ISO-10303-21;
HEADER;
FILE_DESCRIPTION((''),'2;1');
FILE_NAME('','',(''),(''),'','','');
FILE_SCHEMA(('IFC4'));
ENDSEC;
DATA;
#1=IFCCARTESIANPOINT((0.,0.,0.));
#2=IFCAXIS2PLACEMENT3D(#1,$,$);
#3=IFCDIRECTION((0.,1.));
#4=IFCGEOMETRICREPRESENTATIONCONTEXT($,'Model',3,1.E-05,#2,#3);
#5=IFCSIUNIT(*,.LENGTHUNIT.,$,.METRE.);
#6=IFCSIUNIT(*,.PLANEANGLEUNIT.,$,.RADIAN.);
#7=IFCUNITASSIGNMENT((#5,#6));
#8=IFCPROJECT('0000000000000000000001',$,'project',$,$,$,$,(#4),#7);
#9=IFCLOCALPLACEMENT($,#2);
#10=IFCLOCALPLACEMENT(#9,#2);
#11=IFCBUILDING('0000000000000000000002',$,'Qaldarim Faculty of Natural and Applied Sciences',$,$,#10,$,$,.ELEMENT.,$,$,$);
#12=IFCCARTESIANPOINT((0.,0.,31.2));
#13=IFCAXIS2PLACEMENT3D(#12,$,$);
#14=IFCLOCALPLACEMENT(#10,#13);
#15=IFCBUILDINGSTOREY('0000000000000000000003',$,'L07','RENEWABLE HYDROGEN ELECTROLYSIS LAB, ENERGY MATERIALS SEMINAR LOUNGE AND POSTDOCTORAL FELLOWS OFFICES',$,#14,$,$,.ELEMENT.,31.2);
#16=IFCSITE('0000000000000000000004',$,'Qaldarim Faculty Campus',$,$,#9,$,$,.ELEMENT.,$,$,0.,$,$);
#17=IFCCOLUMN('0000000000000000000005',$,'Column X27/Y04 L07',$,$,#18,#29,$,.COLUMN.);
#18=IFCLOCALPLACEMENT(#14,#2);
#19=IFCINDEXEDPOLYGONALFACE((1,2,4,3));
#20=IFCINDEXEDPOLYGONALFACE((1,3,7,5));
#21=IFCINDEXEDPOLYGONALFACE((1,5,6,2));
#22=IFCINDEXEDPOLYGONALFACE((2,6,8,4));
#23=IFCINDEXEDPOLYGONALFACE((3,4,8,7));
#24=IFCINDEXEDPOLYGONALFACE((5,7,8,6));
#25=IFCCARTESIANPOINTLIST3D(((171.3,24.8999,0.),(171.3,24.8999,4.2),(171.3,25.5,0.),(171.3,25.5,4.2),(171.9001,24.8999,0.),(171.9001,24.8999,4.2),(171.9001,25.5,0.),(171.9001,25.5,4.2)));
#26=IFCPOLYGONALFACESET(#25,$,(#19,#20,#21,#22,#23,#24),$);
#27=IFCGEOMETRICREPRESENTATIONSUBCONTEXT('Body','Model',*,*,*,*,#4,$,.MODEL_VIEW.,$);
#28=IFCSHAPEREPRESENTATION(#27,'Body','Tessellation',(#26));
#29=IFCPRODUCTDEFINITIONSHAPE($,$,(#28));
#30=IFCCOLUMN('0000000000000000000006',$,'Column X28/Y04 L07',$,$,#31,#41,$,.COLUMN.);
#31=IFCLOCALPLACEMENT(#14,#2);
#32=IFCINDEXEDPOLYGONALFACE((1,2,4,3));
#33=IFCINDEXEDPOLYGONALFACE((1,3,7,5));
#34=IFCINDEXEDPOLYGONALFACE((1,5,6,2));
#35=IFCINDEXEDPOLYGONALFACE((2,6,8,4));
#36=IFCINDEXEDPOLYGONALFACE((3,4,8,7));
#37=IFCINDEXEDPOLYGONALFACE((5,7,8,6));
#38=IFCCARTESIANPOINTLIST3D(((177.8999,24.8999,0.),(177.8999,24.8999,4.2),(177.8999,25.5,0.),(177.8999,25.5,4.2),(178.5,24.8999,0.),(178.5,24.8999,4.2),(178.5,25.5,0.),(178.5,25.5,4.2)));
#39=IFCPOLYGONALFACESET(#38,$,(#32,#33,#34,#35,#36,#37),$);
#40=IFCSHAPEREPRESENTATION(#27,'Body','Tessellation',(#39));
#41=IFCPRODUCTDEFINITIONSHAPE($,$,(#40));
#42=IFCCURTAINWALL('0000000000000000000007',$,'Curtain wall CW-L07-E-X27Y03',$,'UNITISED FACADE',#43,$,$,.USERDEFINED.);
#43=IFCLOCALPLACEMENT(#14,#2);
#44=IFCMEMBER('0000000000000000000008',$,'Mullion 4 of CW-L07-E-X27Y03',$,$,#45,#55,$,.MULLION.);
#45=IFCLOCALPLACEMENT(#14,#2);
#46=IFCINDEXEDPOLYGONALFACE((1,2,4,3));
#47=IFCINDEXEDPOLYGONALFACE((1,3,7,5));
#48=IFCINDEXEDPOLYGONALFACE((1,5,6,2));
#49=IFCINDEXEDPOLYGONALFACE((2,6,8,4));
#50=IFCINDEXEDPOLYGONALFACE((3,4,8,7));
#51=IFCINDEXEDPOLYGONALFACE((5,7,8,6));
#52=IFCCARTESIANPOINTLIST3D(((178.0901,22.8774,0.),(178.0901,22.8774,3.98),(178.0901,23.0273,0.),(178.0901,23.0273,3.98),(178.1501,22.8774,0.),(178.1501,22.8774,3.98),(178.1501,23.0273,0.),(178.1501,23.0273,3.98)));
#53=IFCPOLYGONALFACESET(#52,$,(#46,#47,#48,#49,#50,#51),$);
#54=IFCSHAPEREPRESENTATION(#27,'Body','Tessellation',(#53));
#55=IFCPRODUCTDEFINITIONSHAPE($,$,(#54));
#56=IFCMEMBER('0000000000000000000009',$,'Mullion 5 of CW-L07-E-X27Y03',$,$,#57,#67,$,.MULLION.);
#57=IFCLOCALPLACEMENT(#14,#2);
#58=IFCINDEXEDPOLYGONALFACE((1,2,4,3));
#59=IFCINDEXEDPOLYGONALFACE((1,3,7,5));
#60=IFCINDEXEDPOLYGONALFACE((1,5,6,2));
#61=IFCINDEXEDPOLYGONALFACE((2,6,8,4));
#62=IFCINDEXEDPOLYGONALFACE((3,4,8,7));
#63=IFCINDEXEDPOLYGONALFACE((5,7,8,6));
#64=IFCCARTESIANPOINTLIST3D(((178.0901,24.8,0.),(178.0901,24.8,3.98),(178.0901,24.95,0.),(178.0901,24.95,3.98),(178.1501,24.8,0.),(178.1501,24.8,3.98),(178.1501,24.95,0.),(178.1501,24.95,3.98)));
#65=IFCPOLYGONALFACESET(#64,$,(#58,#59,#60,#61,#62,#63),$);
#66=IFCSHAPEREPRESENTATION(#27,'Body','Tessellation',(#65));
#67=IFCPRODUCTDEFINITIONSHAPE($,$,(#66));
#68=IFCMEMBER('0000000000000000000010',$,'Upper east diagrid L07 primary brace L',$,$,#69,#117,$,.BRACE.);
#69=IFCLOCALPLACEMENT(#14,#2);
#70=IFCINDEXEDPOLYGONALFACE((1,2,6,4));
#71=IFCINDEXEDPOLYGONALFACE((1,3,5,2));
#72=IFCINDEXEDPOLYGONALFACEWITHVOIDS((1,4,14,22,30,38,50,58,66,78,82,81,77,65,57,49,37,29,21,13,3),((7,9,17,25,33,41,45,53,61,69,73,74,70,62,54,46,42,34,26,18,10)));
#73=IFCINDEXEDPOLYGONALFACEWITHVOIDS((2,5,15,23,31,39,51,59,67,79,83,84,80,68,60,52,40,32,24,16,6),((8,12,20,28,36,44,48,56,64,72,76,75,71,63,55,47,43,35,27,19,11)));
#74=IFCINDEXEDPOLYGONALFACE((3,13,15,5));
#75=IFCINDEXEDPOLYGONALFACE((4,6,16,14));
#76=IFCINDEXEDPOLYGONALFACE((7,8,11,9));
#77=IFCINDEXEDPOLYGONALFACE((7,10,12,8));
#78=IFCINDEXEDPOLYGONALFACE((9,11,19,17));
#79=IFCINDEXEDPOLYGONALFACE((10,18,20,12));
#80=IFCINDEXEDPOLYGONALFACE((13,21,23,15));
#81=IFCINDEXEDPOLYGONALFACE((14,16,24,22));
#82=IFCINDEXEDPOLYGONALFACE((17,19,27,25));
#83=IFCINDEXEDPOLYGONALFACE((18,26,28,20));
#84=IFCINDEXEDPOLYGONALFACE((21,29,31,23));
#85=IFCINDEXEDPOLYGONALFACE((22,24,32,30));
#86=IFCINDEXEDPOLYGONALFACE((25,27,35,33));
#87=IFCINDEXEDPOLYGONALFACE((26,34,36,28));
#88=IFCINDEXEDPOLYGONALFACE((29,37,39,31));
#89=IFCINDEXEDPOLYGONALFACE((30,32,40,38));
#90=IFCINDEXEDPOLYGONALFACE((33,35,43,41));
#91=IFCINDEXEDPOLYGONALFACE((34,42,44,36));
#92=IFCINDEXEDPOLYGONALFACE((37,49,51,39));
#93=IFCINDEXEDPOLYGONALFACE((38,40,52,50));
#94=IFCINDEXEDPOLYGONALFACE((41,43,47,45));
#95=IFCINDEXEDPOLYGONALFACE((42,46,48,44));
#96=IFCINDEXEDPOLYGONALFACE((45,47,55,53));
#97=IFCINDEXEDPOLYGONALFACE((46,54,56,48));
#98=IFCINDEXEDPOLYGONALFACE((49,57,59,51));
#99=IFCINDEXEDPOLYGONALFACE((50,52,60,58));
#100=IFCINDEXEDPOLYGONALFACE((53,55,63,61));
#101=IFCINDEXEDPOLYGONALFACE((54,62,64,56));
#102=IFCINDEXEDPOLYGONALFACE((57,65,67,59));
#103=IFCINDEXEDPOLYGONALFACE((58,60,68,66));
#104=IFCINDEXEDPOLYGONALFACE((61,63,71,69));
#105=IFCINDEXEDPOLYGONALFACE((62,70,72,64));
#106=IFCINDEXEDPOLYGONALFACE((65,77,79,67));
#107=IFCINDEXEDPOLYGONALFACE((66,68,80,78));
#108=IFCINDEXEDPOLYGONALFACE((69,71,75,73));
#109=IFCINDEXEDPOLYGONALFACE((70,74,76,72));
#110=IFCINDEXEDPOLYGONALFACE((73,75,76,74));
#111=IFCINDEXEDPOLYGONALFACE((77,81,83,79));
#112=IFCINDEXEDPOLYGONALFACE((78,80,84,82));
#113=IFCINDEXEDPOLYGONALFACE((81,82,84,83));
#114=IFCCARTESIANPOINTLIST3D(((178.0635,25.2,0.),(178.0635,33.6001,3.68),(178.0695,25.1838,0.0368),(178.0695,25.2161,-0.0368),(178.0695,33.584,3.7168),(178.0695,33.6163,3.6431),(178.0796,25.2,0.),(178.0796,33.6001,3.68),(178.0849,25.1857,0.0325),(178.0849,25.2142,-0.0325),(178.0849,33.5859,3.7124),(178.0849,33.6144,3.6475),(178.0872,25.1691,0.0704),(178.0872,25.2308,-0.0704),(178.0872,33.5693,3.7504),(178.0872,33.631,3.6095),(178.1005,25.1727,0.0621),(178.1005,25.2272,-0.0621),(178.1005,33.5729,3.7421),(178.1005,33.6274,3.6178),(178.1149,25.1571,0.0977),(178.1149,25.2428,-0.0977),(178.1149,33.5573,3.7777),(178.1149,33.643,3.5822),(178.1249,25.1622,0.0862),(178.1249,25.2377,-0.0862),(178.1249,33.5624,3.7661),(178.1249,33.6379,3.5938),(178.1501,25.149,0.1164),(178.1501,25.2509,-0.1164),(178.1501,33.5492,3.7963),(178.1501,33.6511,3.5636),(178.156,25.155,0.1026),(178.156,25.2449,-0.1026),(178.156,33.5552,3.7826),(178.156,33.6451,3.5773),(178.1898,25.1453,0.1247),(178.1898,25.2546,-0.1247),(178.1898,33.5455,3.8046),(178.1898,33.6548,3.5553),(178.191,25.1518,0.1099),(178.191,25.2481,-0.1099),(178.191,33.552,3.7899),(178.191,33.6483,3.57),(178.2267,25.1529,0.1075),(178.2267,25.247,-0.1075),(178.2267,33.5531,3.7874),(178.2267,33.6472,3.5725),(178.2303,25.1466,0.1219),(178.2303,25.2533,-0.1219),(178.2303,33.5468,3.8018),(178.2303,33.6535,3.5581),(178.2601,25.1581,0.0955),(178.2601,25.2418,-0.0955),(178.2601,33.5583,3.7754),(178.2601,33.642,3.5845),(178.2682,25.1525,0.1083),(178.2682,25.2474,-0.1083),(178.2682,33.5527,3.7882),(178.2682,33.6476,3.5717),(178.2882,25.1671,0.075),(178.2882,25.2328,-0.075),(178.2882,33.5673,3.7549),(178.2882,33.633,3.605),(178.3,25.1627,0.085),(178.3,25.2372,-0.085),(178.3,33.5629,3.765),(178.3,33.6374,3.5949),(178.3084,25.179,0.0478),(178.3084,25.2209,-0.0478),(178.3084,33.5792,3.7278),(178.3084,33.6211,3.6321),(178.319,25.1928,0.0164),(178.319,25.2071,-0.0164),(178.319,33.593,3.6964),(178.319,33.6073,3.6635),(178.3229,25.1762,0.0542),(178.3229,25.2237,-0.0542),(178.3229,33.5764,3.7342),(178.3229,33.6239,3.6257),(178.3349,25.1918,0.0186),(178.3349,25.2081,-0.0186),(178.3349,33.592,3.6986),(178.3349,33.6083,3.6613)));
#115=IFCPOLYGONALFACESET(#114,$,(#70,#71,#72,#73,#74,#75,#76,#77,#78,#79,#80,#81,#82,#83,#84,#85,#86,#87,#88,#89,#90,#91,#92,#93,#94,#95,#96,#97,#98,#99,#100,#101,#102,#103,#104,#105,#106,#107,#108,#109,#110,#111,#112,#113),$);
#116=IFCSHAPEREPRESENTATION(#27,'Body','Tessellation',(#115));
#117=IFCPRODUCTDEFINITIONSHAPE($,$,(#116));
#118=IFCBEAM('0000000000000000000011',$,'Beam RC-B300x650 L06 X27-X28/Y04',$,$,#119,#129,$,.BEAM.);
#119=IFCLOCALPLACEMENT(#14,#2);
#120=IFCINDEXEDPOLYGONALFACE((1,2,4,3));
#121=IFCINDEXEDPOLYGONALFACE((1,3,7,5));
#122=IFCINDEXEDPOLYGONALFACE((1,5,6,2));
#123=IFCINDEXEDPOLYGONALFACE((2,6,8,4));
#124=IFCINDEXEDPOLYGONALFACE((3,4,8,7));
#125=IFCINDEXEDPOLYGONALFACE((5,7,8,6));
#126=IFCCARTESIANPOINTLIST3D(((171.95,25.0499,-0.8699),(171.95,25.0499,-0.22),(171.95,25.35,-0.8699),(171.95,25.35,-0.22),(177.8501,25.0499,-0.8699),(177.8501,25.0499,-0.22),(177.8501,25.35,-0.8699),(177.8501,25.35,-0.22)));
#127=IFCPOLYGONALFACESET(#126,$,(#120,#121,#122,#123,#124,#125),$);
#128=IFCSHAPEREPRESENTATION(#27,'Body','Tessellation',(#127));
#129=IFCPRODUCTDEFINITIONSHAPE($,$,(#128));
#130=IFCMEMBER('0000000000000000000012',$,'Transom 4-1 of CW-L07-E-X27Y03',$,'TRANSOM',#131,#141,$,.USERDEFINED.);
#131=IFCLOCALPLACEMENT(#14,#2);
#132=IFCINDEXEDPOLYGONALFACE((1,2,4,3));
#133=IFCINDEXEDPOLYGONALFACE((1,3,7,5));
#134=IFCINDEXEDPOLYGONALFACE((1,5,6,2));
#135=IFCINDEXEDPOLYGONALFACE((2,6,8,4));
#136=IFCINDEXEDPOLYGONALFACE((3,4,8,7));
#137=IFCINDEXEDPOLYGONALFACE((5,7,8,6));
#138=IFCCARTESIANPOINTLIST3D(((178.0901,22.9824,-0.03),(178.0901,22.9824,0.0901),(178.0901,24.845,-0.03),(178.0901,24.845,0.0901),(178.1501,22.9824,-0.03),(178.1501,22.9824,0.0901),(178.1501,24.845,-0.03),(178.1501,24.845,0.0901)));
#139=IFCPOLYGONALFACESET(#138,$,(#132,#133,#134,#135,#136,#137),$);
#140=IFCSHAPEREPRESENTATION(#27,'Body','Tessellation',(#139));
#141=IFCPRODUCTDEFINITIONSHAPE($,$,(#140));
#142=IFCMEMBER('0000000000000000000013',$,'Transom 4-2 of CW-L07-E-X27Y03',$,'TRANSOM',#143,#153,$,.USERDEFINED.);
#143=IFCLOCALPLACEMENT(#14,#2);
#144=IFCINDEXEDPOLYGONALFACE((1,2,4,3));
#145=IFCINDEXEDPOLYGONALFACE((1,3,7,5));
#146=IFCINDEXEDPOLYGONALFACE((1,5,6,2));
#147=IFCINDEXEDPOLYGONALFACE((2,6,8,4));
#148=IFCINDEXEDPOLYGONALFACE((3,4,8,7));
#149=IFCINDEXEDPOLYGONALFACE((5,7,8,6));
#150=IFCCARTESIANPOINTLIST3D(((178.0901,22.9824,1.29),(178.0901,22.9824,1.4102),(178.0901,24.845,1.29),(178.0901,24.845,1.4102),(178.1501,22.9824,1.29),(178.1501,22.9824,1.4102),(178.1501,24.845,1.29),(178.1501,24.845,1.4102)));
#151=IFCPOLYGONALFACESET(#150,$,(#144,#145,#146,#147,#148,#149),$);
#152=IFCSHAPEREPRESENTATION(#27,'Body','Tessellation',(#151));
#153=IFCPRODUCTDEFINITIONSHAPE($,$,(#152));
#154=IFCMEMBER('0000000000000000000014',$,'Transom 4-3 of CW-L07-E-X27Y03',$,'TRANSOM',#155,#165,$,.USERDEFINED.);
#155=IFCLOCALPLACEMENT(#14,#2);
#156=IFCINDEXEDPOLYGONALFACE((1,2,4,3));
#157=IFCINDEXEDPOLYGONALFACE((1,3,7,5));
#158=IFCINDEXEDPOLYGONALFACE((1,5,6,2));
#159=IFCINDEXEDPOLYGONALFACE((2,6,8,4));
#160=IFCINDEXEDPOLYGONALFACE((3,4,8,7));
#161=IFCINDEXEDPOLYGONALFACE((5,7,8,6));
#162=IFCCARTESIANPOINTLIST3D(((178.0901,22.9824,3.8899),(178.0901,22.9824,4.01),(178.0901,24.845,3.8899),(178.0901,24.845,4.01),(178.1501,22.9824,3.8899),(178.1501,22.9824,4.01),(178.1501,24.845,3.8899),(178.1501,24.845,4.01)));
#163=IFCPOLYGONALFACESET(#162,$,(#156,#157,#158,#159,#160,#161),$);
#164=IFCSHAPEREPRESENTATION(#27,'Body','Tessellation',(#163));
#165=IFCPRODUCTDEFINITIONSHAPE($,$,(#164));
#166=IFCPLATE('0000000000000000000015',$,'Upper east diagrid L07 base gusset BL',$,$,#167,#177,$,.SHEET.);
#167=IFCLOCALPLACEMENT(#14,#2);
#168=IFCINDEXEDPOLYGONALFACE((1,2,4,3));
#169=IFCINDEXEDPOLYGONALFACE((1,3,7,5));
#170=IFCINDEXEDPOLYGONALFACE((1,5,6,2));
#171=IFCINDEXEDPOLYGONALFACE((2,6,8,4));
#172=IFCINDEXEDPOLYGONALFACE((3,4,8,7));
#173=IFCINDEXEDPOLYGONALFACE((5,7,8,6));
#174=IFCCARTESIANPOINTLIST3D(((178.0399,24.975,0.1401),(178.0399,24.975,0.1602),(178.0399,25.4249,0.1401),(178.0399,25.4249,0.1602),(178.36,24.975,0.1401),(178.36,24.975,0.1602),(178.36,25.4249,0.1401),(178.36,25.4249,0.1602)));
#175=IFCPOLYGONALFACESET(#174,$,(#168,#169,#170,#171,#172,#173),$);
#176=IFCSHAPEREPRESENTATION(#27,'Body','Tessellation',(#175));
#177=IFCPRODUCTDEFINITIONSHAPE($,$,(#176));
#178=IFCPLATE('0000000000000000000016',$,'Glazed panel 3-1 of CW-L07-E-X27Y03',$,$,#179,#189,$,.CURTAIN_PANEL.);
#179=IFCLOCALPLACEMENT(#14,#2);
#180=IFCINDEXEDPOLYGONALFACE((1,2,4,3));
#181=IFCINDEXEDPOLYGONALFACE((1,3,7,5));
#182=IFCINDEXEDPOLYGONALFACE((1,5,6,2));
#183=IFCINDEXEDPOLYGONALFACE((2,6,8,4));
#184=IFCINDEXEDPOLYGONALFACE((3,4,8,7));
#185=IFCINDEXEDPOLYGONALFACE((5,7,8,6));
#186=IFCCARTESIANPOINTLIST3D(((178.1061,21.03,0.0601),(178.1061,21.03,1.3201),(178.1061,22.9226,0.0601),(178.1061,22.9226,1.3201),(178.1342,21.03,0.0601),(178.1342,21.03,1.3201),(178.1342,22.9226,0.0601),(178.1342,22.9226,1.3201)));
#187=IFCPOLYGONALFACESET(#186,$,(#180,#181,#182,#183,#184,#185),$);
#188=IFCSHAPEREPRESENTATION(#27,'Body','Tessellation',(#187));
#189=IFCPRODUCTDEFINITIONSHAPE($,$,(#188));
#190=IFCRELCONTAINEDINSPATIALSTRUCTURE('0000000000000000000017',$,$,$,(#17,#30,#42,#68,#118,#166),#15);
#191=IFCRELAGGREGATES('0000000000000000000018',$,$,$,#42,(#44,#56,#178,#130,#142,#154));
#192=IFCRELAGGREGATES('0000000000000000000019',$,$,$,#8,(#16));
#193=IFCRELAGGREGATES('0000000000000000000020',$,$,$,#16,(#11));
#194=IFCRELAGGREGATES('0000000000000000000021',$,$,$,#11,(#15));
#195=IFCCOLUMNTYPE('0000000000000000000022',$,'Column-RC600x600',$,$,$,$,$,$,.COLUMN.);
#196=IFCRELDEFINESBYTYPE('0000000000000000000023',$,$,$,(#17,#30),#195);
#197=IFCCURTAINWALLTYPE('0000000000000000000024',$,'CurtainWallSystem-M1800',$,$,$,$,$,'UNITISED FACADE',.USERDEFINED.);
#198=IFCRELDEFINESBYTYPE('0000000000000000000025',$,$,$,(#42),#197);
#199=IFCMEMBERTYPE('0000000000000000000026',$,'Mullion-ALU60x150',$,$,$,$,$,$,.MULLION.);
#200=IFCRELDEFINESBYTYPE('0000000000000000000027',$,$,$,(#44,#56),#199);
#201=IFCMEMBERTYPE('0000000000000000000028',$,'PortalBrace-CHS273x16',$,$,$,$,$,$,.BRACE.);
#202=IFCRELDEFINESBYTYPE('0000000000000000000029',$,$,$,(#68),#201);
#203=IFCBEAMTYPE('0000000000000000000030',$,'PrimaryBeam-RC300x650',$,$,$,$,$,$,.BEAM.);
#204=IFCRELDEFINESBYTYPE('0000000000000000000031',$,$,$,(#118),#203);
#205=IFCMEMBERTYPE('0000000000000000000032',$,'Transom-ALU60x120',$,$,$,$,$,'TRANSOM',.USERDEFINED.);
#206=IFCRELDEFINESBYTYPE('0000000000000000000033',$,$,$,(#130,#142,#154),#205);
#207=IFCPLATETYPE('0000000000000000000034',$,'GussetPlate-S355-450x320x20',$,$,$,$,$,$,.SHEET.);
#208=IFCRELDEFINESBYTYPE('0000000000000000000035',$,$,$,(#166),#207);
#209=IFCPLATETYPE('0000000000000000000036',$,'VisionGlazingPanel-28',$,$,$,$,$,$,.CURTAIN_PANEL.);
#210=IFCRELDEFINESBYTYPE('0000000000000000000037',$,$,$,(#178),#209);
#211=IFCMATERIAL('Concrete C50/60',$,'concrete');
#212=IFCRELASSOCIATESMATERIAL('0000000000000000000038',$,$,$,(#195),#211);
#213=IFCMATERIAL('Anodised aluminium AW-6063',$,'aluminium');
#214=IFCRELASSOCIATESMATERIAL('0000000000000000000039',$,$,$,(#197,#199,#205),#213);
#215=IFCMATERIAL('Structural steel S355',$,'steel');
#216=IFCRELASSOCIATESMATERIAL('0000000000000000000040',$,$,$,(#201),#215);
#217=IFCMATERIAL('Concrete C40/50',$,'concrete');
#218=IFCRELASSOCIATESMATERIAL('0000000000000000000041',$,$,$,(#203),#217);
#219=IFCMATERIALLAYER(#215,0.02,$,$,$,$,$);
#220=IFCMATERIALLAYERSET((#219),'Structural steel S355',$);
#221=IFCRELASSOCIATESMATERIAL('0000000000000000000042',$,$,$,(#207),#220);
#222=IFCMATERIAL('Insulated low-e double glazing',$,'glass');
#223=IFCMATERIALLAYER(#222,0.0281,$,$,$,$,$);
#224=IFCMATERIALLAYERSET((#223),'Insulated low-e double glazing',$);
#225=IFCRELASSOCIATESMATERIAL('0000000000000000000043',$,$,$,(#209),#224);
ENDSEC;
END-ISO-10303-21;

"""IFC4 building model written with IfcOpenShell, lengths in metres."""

from ifc_helpers import new_model, si_unit, direction, frame, origin, origin_2d, place, context, subcontext, project, spatial, rectangle, hollow_circle, extrude, material, layer, layer_set, material_profile, profile_set, type_object, element, aggregate, save


model = new_model("IFC4")

# Units and contexts
model_context = context("Model", 3, precision=1e-05, world=origin(), true_north=direction((0.0, 1.0)))
body_context = subcontext(model_context, "Body", "Model", "MODEL_VIEW")
ifc_project = project(units=[si_unit("LENGTHUNIT", "METRE"), si_unit("PLANEANGLEUNIT", "RADIAN")], contexts=[model_context])

# Site, building, storey
site_placement = place(None, origin())
site = spatial("IfcSite", under=ifc_project, at=site_placement, Name="Qaldarim Faculty Campus", CompositionType="ELEMENT", RefElevation=0.0)
building_placement = place(site_placement, origin())
building = spatial("IfcBuilding", under=site, at=building_placement, Name="Qaldarim Faculty of Natural and Applied Sciences", CompositionType="ELEMENT")
storey_placement = place(building_placement, frame((0.0, 0.0, 31.2)))
storey = spatial("IfcBuildingStorey", under=building, at=storey_placement, Name="L07", Description="RENEWABLE HYDROGEN ELECTROLYSIS LAB, ENERGY MATERIALS SEMINAR LOUNGE AND POSTDOCTORAL FELLOWS OFFICES", CompositionType="ELEMENT", Elevation=31.2)

# Columns
ifc_material_1 = material(Name="Concrete C50/60", Category="concrete")
ifc_material_profile_1 = material_profile(ifc_material_1, rectangle(XDim=0.6001, YDim=0.6001, at=origin_2d()), Name="RC-C600x600")
ifc_profile_set_1 = profile_set([ifc_material_profile_1], Name="Concrete C50/60")
column_type = type_object("IfcColumnType", Name="Column-RC600x600", PredefinedType="COLUMN", material=ifc_profile_set_1)
for number, where, z_axis, x_axis, name in (
    (1, (171.6001, 25.2, 0.0), (0.0, 0.0, 1.0), (1.0, 0.0, 0.0), "Column X27/Y04 L07"),
    (2, (178.2, 25.2, 0.0), (0.0, 0.0, 1.0), (1.0, 0.0, 0.0), "Column X28/Y04 L07"),
):
    element("IfcColumn", number, at=place(storey_placement, frame(where, z_axis=z_axis, x_axis=x_axis)), inside=storey, type_object=column_type, Name=name, PredefinedType="COLUMN", context=body_context, shape_type="SweptSolid", body=[
        extrude(rectangle(XDim=0.6001, YDim=0.6001, at=origin_2d()), origin(), (0.0, 0.0, 1.0), 4.2),
    ])

# Curtain wall, members
ifc_material_2 = material(Name="Anodised aluminium AW-6063", Category="aluminium")
curtain_wall_type = type_object("IfcCurtainWallType", Name="CurtainWallSystem-M1800", ElementType="UNITISED FACADE", PredefinedType="USERDEFINED", material=ifc_material_2)
curtain_wall_placement = place(storey_placement, origin())
curtain_wall = element("IfcCurtainWall", 3, at=curtain_wall_placement, inside=storey, type_object=curtain_wall_type, Name="Curtain wall CW-L07-E-X27Y03", ObjectType="UNITISED FACADE", PredefinedType="USERDEFINED")
ifc_material_profile_2 = material_profile(ifc_material_2, rectangle(XDim=0.0601, YDim=0.1499, at=origin_2d()), Name="ALU-M60x150")
ifc_profile_set_2 = profile_set([ifc_material_profile_2], Name="Anodised aluminium AW-6063")
member_type_1 = type_object("IfcMemberType", Name="Mullion-ALU60x150", PredefinedType="MULLION", material=ifc_profile_set_2)
member_1_placement = place(storey_placement, frame((178.1201, 22.9524, 0.0), z_axis=(0.0, 0.0, 1.0), x_axis=(-1.0, 0.0, 0.0)))
member_1 = element("IfcMember", 4, at=member_1_placement, type_object=member_type_1, Name="Mullion 4 of CW-L07-E-X27Y03", PredefinedType="MULLION", context=body_context, shape_type="SweptSolid", body=[
    extrude(rectangle(XDim=0.0601, YDim=0.1499, at=origin_2d()), origin(), (0.0, 0.0, 1.0), 3.98),
])
member_2_placement = place(storey_placement, frame((178.1201, 24.875, 0.0), z_axis=(0.0, 0.0, 1.0), x_axis=(-1.0, 0.0, 0.0)))
member_2 = element("IfcMember", 5, at=member_2_placement, type_object=member_type_1, Name="Mullion 5 of CW-L07-E-X27Y03", PredefinedType="MULLION", context=body_context, shape_type="SweptSolid", body=[
    extrude(rectangle(XDim=0.0601, YDim=0.1499, at=origin_2d()), origin(), (0.0, 0.0, 1.0), 3.98),
])

# Member
ifc_material_3 = material(Name="Structural steel S355", Category="steel")
ifc_material_profile_3 = material_profile(ifc_material_3, hollow_circle(Radius=0.1365, WallThickness=0.0161, at=origin_2d()), Name="CHS 273.0x16.0")
ifc_profile_set_3 = profile_set([ifc_material_profile_3], Name="Structural steel S355")
member_type_2 = type_object("IfcMemberType", Name="PortalBrace-CHS273x16", PredefinedType="BRACE", material=ifc_profile_set_3)
member_3_placement = place(storey_placement, frame((178.2, 25.2, 0.0), z_axis=(0.0, 0.915962, 0.401264), x_axis=(-1.0, 0.0, 0.0)))
element("IfcMember", 6, at=member_3_placement, inside=storey, type_object=member_type_2, Name="Upper east diagrid L07 primary brace L", PredefinedType="BRACE", context=body_context, shape_type="SweptSolid", body=[
    extrude(hollow_circle(Radius=0.1365, WallThickness=0.0161, at=origin_2d()), origin(), (0.0, 0.0, 1.0), 9.1709),
])

# Beam
ifc_material_4 = material(Name="Concrete C40/50", Category="concrete")
ifc_material_profile_4 = material_profile(ifc_material_4, rectangle(XDim=0.3, YDim=0.6499, at=origin_2d()), Name="RC-B300x650")
ifc_profile_set_4 = profile_set([ifc_material_profile_4], Name="Concrete C40/50")
beam_type = type_object("IfcBeamType", Name="PrimaryBeam-RC300x650", PredefinedType="BEAM", material=ifc_profile_set_4)
beam_placement = place(storey_placement, frame((171.95, 25.2, -0.5449), z_axis=(1.0, 0.0, 0.0), x_axis=(0.0, 1.0, 0.0)))
element("IfcBeam", 7, at=beam_placement, inside=storey, type_object=beam_type, Name="Beam RC-B300x650 L06 X27-X28/Y04", PredefinedType="BEAM", context=body_context, shape_type="SweptSolid", body=[
    extrude(rectangle(XDim=0.3, YDim=0.6499, at=origin_2d()), origin(), (0.0, 0.0, 1.0), 5.9001),
])

# Members
ifc_material_profile_5 = material_profile(ifc_material_2, rectangle(XDim=0.0601, YDim=0.1201, at=origin_2d()), Name="ALU-T60x120")
ifc_profile_set_5 = profile_set([ifc_material_profile_5], Name="Anodised aluminium AW-6063")
member_type_3 = type_object("IfcMemberType", Name="Transom-ALU60x120", ElementType="TRANSOM", PredefinedType="USERDEFINED", material=ifc_profile_set_5)
member_4_placement = place(storey_placement, frame((178.1201, 22.9824, 0.03), z_axis=(0.0, 1.0, 0.0), x_axis=(-1.0, 0.0, 0.0)))
member_4 = element("IfcMember", 8, at=member_4_placement, type_object=member_type_3, Name="Transom 4-1 of CW-L07-E-X27Y03", ObjectType="TRANSOM", PredefinedType="USERDEFINED", context=body_context, shape_type="SweptSolid", body=[
    extrude(rectangle(XDim=0.0601, YDim=0.1201, at=origin_2d()), origin(), (0.0, 0.0, 1.0), 1.8625),
])
member_5_placement = place(storey_placement, frame((178.1201, 22.9824, 1.3501), z_axis=(0.0, 1.0, 0.0), x_axis=(-1.0, 0.0, 0.0)))
member_5 = element("IfcMember", 9, at=member_5_placement, type_object=member_type_3, Name="Transom 4-2 of CW-L07-E-X27Y03", ObjectType="TRANSOM", PredefinedType="USERDEFINED", context=body_context, shape_type="SweptSolid", body=[
    extrude(rectangle(XDim=0.0601, YDim=0.1201, at=origin_2d()), origin(), (0.0, 0.0, 1.0), 1.8625),
])
member_6_placement = place(storey_placement, frame((178.1201, 22.9824, 3.95), z_axis=(0.0, 1.0, 0.0), x_axis=(-1.0, 0.0, 0.0)))
member_6 = element("IfcMember", 10, at=member_6_placement, type_object=member_type_3, Name="Transom 4-3 of CW-L07-E-X27Y03", ObjectType="TRANSOM", PredefinedType="USERDEFINED", context=body_context, shape_type="SweptSolid", body=[
    extrude(rectangle(XDim=0.0601, YDim=0.1201, at=origin_2d()), origin(), (0.0, 0.0, 1.0), 1.8625),
])

# Plates
ifc_layer_1 = layer(ifc_material_3, 0.02)
ifc_layer_set_1 = layer_set([ifc_layer_1], Name="Structural steel S355")
plate_type_1 = type_object("IfcPlateType", Name="GussetPlate-S355-450x320x20", PredefinedType="SHEET", material=ifc_layer_set_1)
plate_1_placement = place(storey_placement, frame((178.2, 25.2, 0.1401), z_axis=(0.0, 0.0, 1.0), x_axis=(0.0, 1.0, 0.0)))
element("IfcPlate", 11, at=plate_1_placement, inside=storey, type_object=plate_type_1, Name="Upper east diagrid L07 base gusset BL", PredefinedType="SHEET", context=body_context, shape_type="SweptSolid", body=[
    extrude(rectangle(XDim=0.45, YDim=0.3201, at=origin_2d()), origin(), (0.0, 0.0, 1.0), 0.02),
])
ifc_material_5 = material(Name="Insulated low-e double glazing", Category="glass")
ifc_layer_2 = layer(ifc_material_5, 0.0281)
ifc_layer_set_2 = layer_set([ifc_layer_2], Name="Insulated low-e double glazing")
plate_type_2 = type_object("IfcPlateType", Name="VisionGlazingPanel-28", PredefinedType="CURTAIN_PANEL", material=ifc_layer_set_2)
plate_2_placement = place(storey_placement, frame((178.1201, 21.9763, 0.0601), z_axis=(0.0, 0.0, 1.0), x_axis=(0.0, 1.0, 0.0)))
plate_2 = element("IfcPlate", 12, at=plate_2_placement, type_object=plate_type_2, Name="Glazed panel 3-1 of CW-L07-E-X27Y03", PredefinedType="CURTAIN_PANEL", context=body_context, shape_type="SweptSolid", body=[
    extrude(rectangle(XDim=1.8926, YDim=0.0281, at=origin_2d()), origin(), (0.0, 0.0, 1.0), 1.26),
])
aggregate(curtain_wall, [member_1, member_2, plate_2, member_4, member_5, member_6])

save(model, "model.ifc")
